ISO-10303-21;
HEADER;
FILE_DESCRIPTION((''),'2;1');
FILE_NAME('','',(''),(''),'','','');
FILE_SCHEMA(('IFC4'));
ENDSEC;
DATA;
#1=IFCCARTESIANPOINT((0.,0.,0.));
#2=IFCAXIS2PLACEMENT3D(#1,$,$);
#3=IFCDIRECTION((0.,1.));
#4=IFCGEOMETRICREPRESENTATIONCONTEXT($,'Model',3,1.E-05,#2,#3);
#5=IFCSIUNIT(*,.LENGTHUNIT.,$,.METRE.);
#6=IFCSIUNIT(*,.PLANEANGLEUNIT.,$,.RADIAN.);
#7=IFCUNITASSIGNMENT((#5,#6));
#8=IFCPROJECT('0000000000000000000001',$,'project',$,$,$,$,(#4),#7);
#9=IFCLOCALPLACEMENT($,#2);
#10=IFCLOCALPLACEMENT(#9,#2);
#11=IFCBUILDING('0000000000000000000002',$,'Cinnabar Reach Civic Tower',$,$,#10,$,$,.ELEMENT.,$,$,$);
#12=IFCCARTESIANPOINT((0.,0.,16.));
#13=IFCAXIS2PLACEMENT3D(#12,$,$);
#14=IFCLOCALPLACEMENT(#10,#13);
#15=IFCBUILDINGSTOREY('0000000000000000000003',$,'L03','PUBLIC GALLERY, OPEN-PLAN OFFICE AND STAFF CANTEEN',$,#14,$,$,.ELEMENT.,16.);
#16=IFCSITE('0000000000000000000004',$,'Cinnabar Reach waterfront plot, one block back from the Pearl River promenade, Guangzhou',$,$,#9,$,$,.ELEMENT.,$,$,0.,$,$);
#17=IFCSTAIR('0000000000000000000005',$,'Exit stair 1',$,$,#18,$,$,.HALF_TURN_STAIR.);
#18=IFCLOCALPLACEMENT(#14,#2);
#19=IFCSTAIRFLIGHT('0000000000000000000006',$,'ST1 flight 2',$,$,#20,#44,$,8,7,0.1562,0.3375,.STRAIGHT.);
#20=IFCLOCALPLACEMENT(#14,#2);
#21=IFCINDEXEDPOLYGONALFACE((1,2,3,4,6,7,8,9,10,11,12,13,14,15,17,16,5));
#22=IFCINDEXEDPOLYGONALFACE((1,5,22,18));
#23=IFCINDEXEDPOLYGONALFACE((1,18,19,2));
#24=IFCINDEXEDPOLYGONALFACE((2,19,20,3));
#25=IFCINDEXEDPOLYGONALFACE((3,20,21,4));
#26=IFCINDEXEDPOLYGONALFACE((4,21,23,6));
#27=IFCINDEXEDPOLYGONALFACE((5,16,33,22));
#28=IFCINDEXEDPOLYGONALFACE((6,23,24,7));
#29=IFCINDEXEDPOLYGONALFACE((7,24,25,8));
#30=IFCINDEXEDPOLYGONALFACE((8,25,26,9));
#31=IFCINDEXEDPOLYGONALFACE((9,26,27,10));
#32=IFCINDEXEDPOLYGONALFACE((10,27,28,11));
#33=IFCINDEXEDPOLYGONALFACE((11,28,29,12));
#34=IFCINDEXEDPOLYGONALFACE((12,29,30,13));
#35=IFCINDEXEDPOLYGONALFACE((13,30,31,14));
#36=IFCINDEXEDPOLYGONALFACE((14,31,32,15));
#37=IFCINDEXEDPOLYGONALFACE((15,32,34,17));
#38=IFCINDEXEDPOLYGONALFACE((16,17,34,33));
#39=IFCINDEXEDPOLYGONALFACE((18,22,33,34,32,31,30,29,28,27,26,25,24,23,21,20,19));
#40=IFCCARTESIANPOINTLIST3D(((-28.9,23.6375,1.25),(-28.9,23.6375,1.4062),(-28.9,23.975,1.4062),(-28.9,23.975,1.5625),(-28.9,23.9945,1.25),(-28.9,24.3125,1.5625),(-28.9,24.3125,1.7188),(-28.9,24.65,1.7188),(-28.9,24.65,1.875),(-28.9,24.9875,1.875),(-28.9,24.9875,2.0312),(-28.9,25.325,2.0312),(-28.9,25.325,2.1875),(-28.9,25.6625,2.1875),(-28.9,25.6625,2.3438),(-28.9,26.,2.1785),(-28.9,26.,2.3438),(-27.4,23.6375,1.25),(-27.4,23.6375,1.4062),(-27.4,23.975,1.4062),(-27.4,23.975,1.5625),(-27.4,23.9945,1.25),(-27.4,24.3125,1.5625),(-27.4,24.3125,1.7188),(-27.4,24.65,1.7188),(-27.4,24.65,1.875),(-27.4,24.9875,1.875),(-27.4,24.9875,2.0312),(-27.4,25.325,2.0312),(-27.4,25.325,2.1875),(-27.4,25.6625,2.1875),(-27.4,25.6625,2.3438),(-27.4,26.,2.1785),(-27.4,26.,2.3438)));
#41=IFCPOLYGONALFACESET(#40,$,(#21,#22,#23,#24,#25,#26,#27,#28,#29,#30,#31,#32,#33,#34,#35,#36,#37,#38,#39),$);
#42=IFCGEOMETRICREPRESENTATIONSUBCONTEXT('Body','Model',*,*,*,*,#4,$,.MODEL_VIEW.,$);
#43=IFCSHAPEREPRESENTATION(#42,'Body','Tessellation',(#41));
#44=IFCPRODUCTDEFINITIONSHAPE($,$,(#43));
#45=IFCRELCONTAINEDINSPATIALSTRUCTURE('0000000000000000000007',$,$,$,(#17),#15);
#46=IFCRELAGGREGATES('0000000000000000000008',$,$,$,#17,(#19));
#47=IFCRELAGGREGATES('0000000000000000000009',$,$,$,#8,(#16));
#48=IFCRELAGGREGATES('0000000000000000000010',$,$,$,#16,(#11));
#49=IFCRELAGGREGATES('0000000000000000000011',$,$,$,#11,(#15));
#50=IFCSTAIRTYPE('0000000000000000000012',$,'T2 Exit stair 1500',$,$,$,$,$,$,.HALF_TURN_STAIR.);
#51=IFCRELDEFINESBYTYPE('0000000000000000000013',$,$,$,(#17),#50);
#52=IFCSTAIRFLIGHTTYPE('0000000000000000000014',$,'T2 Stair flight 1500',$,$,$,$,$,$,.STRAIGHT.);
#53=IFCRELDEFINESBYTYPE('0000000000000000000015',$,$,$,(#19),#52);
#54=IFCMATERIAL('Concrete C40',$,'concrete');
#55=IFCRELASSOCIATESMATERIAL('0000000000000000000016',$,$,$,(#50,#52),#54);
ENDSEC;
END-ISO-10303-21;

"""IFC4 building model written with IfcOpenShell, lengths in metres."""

from ifc_helpers import new_model, si_unit, direction, frame, origin, place, context, subcontext, project, spatial, polyline, outline, extrude, material, type_object, element, aggregate, save


model = new_model("IFC4")

# Units and contexts
model_context = context("Model", 3, precision=1e-05, world=origin(), true_north=direction((0.0, 1.0)))
body_context = subcontext(model_context, "Body", "Model", "MODEL_VIEW")
ifc_project = project(units=[si_unit("LENGTHUNIT", "METRE"), si_unit("PLANEANGLEUNIT", "RADIAN")], contexts=[model_context])

# Site, building, storey
site_placement = place(None, origin())
site = spatial("IfcSite", under=ifc_project, at=site_placement, Name="Cinnabar Reach waterfront plot, one block back from the Pearl River promenade, Guangzhou", CompositionType="ELEMENT", RefElevation=0.0)
building_placement = place(site_placement, origin())
building = spatial("IfcBuilding", under=site, at=building_placement, Name="Cinnabar Reach Civic Tower", CompositionType="ELEMENT")
storey_placement = place(building_placement, frame((0.0, 0.0, 16.0)))
storey = spatial("IfcBuildingStorey", under=building, at=storey_placement, Name="L03", Description="PUBLIC GALLERY, OPEN-PLAN OFFICE AND STAFF CANTEEN", CompositionType="ELEMENT", Elevation=16.0)

# Shared definitions
ifc_material_1 = material(Name="Concrete C40", Category="concrete")

# Stair, stair flight
stair_type = type_object("IfcStairType", Name="T2 Exit stair 1500", PredefinedType="HALF_TURN_STAIR", material=ifc_material_1)
stair_placement = place(storey_placement, origin())
stair = element("IfcStair", 1, at=stair_placement, inside=storey, type_object=stair_type, Name="Exit stair 1", PredefinedType="HALF_TURN_STAIR")
stair_flight_type = type_object("IfcStairFlightType", Name="T2 Stair flight 1500", PredefinedType="STRAIGHT", material=ifc_material_1)
stair_flight_placement = place(storey_placement, frame((-28.15, 23.6375, 1.25), z_axis=(0.0, 0.0, 1.0), x_axis=(0.0, 1.0, 0.0)))
stair_flight = element("IfcStairFlight", 2, at=stair_flight_placement, type_object=stair_flight_type, Name="ST1 flight 2", NumberOfRisers=8, NumberOfTreads=7, PredefinedType="STRAIGHT", RiserHeight=0.1562, TreadLength=0.3375, context=body_context, shape_type="SweptSolid", body=[
    extrude(outline(polyline([(0.0, 0.0), (0.0, 0.1562), (0.3375, 0.1562), (0.3375, 0.3125), (0.675, 0.3125), (0.675, 0.4688), (1.0125, 0.4688), (1.0125, 0.625), (1.35, 0.625), (1.35, 0.7812), (1.6875, 0.7812), (1.6875, 0.9375), (2.025, 0.9375), (2.025, 1.0938), (2.3625, 1.0938), (2.3625, 1.25), (2.3625, 0.9285), (0.357, 0.0), (0.0, 0.0)])), frame((0.0, 0.75, 0.0), z_axis=(0.0, -1.0, 0.0), x_axis=(1.0, 0.0, 0.0)), (0.0, 0.0, 1.0), 1.5),
])
aggregate(stair, [stair_flight])

save(model, "model.ifc")
